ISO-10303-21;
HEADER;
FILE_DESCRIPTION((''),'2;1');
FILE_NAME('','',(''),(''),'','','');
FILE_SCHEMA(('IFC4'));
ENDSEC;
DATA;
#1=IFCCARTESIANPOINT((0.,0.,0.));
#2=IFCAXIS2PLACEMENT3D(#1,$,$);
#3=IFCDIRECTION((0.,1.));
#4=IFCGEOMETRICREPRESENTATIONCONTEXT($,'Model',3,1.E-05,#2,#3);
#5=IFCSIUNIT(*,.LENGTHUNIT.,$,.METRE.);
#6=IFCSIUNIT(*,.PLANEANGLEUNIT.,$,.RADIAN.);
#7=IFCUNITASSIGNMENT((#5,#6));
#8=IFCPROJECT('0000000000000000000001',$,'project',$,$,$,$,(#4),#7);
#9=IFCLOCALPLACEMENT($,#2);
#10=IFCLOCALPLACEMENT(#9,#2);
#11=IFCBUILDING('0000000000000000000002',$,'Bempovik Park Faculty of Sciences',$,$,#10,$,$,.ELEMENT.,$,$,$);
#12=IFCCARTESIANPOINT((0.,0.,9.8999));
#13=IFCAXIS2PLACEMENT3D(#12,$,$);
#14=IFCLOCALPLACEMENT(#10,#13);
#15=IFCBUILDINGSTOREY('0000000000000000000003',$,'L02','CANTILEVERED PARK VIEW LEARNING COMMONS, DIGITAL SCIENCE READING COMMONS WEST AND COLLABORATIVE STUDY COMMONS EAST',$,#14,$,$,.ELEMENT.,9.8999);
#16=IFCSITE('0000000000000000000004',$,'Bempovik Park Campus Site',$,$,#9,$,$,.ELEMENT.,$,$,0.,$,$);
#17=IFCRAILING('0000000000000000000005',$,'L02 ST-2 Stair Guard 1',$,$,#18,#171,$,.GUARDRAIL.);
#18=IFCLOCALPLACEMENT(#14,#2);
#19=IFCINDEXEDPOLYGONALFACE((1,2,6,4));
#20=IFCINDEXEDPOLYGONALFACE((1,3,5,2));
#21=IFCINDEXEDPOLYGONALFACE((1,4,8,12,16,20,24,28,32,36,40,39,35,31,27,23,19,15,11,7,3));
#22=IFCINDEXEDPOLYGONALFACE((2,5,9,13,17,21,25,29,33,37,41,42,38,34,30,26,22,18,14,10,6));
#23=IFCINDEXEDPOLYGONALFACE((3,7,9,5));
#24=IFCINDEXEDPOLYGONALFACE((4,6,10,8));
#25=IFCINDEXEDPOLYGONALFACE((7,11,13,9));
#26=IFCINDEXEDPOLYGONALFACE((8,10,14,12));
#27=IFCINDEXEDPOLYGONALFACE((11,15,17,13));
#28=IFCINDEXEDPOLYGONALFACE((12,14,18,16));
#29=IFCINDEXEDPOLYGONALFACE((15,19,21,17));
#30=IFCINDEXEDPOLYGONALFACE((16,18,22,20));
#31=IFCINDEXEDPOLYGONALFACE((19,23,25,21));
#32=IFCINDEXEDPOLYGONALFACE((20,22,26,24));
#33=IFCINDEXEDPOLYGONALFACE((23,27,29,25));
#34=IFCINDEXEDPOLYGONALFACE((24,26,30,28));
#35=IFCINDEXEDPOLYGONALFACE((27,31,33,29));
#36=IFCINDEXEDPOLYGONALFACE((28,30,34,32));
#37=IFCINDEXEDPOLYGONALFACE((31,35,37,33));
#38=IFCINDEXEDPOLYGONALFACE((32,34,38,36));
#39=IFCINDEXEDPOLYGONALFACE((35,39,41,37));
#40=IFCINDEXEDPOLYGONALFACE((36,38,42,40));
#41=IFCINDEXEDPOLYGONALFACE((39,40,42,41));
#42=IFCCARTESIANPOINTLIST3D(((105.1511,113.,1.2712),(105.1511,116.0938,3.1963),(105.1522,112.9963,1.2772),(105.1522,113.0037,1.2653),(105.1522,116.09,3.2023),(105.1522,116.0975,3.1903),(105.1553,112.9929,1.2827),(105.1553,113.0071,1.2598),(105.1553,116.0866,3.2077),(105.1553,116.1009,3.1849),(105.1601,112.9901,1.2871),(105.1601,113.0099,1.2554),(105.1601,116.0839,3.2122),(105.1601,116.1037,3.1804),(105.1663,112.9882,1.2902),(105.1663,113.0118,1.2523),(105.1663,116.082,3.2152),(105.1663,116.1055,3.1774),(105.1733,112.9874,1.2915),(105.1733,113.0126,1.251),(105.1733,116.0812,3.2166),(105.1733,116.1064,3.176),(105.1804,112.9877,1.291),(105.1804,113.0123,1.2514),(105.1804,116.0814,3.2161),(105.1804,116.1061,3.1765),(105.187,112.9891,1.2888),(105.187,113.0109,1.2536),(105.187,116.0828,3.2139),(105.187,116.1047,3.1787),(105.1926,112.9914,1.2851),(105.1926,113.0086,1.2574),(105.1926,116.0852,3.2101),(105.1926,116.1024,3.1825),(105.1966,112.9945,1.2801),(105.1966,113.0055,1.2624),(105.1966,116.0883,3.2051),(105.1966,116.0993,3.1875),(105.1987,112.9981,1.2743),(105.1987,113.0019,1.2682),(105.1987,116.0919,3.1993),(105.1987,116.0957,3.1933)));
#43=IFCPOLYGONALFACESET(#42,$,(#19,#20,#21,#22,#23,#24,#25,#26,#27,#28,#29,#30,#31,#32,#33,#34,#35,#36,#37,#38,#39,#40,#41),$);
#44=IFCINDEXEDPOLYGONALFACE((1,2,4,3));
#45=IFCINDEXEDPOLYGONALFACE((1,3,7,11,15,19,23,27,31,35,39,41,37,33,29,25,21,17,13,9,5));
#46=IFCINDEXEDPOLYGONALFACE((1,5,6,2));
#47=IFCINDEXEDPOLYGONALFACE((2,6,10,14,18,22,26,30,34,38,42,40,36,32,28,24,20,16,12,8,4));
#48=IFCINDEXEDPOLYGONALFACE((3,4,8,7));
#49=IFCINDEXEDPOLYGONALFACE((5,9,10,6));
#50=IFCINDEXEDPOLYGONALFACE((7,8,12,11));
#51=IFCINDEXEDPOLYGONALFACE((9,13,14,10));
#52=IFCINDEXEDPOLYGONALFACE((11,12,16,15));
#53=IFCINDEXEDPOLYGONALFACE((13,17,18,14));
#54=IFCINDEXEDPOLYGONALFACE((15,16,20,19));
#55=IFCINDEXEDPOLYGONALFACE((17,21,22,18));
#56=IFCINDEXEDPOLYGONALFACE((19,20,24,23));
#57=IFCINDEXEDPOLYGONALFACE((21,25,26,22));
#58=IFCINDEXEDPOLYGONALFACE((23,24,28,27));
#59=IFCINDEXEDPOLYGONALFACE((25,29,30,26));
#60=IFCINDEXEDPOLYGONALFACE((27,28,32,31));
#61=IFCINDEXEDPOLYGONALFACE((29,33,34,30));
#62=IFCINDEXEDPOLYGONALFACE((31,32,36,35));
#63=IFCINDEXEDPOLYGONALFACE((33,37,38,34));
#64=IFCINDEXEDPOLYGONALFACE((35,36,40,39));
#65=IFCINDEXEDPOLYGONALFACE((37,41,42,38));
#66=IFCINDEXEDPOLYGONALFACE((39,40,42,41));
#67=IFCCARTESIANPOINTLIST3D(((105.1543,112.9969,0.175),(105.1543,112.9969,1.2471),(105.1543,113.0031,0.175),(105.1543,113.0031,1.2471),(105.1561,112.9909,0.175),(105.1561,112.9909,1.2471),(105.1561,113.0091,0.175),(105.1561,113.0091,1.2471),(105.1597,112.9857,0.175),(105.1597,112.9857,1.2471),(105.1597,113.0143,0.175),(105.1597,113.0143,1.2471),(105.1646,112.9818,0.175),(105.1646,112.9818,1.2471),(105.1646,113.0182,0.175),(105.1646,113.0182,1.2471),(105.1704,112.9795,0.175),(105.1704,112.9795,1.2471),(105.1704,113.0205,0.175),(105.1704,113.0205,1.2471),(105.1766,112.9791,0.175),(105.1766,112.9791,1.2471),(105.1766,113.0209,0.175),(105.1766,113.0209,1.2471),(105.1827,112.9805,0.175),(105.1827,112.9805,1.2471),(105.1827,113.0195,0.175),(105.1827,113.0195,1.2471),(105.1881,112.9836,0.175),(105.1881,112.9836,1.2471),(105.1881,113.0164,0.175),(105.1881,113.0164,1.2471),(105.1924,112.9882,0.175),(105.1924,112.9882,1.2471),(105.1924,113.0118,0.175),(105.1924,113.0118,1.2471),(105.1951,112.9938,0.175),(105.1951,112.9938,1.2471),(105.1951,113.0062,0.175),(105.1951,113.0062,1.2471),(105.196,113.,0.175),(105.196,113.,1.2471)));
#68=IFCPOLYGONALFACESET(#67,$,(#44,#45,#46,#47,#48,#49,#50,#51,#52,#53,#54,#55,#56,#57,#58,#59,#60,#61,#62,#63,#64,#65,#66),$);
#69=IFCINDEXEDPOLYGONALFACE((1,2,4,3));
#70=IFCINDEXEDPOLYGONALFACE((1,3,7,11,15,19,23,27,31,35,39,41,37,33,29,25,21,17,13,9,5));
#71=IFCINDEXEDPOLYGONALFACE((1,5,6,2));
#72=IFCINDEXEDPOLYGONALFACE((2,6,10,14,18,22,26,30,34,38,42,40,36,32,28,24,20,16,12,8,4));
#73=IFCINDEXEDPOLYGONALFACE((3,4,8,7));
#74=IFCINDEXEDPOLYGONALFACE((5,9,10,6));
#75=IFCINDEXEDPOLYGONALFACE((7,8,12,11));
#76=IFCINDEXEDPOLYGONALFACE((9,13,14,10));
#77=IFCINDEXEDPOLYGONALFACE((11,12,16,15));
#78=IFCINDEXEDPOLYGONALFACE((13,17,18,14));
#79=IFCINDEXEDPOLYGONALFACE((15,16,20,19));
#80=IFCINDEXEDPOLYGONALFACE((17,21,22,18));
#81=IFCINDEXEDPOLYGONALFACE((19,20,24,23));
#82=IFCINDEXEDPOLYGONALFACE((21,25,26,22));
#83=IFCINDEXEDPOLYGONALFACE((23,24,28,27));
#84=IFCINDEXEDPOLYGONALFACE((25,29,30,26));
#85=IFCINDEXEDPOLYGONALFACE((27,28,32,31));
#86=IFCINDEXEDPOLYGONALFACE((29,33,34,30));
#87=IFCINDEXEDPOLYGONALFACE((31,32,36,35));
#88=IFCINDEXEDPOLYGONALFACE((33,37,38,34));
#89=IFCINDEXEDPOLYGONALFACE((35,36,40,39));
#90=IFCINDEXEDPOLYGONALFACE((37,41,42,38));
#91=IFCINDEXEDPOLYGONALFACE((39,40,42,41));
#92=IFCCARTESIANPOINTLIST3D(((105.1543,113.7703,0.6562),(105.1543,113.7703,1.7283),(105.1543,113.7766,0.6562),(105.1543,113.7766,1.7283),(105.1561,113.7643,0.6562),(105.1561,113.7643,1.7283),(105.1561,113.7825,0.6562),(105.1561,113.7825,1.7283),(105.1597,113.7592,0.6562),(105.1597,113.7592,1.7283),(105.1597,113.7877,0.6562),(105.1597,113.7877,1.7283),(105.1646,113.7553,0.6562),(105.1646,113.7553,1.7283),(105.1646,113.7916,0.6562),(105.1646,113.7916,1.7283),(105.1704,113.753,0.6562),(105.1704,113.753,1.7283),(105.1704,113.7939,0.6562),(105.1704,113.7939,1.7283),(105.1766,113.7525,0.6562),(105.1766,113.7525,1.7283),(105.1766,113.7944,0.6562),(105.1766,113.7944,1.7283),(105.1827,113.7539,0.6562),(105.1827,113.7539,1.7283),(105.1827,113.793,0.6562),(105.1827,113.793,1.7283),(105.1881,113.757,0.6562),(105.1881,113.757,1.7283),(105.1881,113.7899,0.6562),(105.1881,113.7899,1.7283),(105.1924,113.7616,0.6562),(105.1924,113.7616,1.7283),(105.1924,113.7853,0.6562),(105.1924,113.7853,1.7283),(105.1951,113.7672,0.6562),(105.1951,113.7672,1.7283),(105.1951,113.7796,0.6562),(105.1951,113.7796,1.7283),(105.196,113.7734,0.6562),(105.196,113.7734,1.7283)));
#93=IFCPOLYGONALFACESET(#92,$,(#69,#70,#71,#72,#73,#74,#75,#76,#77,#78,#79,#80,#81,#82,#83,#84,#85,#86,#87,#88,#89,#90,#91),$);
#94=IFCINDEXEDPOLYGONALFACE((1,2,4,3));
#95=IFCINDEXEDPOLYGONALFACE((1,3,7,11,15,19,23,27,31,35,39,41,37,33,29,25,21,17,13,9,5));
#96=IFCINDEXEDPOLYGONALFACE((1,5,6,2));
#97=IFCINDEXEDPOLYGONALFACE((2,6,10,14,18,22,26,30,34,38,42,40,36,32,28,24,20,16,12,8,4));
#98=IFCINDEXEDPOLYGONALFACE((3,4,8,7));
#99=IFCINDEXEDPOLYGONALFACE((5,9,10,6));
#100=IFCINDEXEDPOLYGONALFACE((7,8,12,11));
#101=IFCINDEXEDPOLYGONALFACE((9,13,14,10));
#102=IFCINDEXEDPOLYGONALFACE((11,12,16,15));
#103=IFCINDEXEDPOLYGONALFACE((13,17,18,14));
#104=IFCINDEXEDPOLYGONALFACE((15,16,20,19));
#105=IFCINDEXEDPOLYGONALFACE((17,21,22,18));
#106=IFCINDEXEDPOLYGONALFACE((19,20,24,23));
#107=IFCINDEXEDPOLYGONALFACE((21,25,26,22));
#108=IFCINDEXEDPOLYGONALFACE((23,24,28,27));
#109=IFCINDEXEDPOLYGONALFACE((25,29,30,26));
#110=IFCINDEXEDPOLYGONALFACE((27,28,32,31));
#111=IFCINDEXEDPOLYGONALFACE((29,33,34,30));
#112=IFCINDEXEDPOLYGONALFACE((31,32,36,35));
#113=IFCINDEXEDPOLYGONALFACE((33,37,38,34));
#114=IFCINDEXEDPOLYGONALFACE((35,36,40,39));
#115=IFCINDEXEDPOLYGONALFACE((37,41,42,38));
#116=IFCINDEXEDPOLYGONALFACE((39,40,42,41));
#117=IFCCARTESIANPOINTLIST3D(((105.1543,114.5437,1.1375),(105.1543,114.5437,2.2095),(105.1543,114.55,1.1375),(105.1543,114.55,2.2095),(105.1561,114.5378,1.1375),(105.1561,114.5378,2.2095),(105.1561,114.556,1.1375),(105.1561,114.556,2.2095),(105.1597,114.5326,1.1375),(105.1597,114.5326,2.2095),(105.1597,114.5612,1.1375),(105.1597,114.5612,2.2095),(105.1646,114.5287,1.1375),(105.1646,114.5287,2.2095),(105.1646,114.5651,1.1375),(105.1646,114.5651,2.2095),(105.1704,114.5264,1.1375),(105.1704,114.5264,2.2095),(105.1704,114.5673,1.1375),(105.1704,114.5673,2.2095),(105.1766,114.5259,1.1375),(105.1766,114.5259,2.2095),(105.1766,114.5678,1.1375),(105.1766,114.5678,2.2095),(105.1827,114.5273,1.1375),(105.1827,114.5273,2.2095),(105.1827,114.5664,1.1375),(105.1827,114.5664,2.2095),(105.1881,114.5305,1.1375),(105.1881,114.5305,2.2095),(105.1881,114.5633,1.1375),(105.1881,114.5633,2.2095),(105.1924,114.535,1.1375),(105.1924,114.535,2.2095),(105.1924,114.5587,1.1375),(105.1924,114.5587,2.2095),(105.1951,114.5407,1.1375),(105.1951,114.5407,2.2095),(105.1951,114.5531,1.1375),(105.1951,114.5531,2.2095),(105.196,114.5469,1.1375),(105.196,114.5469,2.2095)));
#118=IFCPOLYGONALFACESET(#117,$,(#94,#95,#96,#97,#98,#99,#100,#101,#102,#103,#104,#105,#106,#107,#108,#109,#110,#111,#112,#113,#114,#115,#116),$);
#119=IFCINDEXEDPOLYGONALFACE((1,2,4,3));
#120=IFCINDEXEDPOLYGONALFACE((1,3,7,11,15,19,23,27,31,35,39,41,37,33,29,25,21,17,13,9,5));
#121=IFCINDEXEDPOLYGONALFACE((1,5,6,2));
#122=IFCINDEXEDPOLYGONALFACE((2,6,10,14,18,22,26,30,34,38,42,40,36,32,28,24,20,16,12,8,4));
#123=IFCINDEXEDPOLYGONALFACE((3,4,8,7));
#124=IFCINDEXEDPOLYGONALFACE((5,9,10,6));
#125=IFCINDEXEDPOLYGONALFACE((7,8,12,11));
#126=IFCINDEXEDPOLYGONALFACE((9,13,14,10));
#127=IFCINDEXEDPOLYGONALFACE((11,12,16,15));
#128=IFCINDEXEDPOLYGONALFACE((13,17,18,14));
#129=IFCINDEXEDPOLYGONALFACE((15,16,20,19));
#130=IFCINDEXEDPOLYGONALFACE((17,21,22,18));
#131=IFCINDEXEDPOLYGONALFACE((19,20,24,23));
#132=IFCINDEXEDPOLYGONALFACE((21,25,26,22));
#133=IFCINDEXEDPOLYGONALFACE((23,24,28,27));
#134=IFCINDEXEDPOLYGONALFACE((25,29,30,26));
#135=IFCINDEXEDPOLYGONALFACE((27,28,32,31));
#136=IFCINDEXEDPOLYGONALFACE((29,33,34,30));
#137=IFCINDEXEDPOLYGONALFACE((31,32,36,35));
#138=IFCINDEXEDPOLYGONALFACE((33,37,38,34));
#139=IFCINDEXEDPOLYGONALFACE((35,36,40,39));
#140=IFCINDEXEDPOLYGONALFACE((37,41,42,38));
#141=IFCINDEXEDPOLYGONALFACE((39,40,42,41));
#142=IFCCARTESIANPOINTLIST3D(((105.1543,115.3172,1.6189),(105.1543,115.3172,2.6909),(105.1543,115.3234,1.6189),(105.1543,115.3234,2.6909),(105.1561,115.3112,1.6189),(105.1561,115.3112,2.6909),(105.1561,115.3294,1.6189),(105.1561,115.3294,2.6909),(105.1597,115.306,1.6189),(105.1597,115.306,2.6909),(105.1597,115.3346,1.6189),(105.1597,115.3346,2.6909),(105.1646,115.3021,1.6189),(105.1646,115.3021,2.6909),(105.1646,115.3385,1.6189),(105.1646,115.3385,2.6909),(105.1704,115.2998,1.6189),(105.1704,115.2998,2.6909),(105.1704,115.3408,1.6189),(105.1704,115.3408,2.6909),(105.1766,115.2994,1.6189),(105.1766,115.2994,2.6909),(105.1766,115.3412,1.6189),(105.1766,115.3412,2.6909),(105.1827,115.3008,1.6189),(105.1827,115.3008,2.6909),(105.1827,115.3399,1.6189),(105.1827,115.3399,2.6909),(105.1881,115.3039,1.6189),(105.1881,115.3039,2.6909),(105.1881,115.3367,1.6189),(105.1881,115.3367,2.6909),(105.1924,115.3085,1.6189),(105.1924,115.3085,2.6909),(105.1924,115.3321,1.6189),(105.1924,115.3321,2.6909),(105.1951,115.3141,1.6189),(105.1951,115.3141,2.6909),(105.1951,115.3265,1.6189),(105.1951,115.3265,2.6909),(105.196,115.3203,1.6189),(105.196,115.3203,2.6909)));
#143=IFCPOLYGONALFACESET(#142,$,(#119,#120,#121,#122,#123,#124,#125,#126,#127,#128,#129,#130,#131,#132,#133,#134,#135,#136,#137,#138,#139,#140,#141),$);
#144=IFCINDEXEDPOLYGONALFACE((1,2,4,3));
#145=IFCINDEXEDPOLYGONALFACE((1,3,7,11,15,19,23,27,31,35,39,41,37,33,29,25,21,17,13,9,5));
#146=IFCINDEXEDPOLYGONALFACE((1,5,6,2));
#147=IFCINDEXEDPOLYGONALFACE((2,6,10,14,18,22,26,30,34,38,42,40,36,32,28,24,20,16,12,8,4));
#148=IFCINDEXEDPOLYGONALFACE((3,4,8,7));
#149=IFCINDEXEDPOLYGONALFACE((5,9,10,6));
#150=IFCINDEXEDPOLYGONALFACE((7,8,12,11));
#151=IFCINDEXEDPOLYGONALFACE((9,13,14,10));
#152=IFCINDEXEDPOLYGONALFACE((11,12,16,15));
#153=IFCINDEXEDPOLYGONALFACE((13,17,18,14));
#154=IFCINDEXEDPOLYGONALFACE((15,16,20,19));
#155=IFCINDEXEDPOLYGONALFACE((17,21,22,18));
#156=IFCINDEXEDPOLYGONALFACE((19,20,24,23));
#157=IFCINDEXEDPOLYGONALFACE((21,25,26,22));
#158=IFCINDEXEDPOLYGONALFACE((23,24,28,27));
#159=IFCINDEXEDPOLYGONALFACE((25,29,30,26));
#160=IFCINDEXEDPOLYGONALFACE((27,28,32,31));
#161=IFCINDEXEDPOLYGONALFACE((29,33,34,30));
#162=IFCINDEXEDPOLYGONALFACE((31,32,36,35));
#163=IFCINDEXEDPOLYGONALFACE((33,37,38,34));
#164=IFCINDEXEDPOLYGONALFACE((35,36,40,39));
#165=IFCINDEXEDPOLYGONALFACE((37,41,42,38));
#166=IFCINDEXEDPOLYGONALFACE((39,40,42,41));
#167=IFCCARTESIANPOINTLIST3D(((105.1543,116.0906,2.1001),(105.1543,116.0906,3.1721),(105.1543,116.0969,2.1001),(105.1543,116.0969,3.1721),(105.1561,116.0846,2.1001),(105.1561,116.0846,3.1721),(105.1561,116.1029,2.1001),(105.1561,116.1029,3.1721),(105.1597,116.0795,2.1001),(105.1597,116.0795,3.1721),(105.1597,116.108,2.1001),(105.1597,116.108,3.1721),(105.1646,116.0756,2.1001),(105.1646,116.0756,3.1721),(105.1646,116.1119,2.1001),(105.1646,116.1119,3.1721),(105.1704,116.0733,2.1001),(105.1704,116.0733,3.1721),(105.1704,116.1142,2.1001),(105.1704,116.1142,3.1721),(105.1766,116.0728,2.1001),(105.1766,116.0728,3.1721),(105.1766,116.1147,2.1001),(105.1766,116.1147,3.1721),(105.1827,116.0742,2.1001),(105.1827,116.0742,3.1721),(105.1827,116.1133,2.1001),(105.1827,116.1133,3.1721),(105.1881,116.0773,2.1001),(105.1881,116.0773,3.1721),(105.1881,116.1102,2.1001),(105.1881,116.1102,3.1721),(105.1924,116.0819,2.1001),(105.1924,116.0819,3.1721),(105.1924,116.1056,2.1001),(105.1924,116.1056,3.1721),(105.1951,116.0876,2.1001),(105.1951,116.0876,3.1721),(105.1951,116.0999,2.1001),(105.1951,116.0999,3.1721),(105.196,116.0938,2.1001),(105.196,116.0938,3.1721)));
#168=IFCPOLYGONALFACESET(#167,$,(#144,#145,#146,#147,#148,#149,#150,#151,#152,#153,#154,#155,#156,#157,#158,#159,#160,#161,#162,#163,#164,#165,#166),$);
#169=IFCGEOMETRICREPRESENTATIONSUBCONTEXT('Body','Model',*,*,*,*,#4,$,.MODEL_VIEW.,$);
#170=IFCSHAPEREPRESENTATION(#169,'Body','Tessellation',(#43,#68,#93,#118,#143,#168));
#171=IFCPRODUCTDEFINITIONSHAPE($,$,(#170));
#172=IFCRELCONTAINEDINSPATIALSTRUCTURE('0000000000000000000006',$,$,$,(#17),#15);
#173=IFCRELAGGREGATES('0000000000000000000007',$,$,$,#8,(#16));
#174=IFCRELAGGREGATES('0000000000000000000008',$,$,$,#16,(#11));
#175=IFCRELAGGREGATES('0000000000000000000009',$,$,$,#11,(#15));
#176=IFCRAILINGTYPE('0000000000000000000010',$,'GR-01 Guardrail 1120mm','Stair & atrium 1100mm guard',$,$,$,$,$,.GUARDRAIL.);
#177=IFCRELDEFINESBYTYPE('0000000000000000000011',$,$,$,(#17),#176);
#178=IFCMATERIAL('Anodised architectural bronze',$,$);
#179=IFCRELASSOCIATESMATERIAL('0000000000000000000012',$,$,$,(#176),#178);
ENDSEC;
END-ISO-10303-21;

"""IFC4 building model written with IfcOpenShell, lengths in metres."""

from ifc_helpers import new_model, si_unit, direction, frame, origin, origin_2d, place, context, subcontext, project, spatial, circle, extrude, material, type_object, element, save


model = new_model("IFC4")

# Units and contexts
model_context = context("Model", 3, precision=1e-05, world=origin(), true_north=direction((0.0, 1.0)))
body_context = subcontext(model_context, "Body", "Model", "MODEL_VIEW")
ifc_project = project(units=[si_unit("LENGTHUNIT", "METRE"), si_unit("PLANEANGLEUNIT", "RADIAN")], contexts=[model_context])

# Site, building, storey
site_placement = place(None, origin())
site = spatial("IfcSite", under=ifc_project, at=site_placement, Name="Bempovik Park Campus Site", CompositionType="ELEMENT", RefElevation=0.0)
building_placement = place(site_placement, origin())
building = spatial("IfcBuilding", under=site, at=building_placement, Name="Bempovik Park Faculty of Sciences", CompositionType="ELEMENT")
storey_placement = place(building_placement, frame((0.0, 0.0, 9.8999)))
storey = spatial("IfcBuildingStorey", under=building, at=storey_placement, Name="L02", Description="CANTILEVERED PARK VIEW LEARNING COMMONS, DIGITAL SCIENCE READING COMMONS WEST AND COLLABORATIVE STUDY COMMONS EAST", CompositionType="ELEMENT", Elevation=9.8999)

# Railing
ifc_material_1 = material(Name="Anodised architectural bronze")
railing_type_1 = type_object("IfcRailingType", Name="GR-01 Guardrail 1120mm", Description="Stair & atrium 1100mm guard", PredefinedType="GUARDRAIL", material=ifc_material_1)
railing_1_placement = place(storey_placement, frame((105.175, 113.0, 0.175)))
element("IfcRailing", 1, at=railing_1_placement, inside=storey, type_object=railing_type_1, Name="L02 ST-2 Stair Guard 1", PredefinedType="GUARDRAIL", context=body_context, shape_type="SweptSolid", body=[
    extrude(circle(Radius=0.0239, at=origin_2d()), frame((0.0, 0.0, 1.0962), z_axis=(0.0, 0.849051, 0.528312), x_axis=(-1.0, 0.0, 0.0)), (0.0, 0.0, 1.0), 3.6438),
    extrude(circle(Radius=0.021, at=origin_2d()), origin(), (0.0, 0.0, 1.0), 1.072),
    extrude(circle(Radius=0.021, at=origin_2d()), frame((0.0, 0.7734, 0.4812)), (0.0, 0.0, 1.0), 1.072),
    extrude(circle(Radius=0.021, at=origin_2d()), frame((0.0, 1.5469, 0.9624)), (0.0, 0.0, 1.0), 1.072),
    extrude(circle(Radius=0.021, at=origin_2d()), frame((0.0, 2.3203, 1.4438)), (0.0, 0.0, 1.0), 1.072),
    extrude(circle(Radius=0.021, at=origin_2d()), frame((0.0, 3.0938, 1.925)), (0.0, 0.0, 1.0), 1.072),
])

save(model, "model.ifc")
